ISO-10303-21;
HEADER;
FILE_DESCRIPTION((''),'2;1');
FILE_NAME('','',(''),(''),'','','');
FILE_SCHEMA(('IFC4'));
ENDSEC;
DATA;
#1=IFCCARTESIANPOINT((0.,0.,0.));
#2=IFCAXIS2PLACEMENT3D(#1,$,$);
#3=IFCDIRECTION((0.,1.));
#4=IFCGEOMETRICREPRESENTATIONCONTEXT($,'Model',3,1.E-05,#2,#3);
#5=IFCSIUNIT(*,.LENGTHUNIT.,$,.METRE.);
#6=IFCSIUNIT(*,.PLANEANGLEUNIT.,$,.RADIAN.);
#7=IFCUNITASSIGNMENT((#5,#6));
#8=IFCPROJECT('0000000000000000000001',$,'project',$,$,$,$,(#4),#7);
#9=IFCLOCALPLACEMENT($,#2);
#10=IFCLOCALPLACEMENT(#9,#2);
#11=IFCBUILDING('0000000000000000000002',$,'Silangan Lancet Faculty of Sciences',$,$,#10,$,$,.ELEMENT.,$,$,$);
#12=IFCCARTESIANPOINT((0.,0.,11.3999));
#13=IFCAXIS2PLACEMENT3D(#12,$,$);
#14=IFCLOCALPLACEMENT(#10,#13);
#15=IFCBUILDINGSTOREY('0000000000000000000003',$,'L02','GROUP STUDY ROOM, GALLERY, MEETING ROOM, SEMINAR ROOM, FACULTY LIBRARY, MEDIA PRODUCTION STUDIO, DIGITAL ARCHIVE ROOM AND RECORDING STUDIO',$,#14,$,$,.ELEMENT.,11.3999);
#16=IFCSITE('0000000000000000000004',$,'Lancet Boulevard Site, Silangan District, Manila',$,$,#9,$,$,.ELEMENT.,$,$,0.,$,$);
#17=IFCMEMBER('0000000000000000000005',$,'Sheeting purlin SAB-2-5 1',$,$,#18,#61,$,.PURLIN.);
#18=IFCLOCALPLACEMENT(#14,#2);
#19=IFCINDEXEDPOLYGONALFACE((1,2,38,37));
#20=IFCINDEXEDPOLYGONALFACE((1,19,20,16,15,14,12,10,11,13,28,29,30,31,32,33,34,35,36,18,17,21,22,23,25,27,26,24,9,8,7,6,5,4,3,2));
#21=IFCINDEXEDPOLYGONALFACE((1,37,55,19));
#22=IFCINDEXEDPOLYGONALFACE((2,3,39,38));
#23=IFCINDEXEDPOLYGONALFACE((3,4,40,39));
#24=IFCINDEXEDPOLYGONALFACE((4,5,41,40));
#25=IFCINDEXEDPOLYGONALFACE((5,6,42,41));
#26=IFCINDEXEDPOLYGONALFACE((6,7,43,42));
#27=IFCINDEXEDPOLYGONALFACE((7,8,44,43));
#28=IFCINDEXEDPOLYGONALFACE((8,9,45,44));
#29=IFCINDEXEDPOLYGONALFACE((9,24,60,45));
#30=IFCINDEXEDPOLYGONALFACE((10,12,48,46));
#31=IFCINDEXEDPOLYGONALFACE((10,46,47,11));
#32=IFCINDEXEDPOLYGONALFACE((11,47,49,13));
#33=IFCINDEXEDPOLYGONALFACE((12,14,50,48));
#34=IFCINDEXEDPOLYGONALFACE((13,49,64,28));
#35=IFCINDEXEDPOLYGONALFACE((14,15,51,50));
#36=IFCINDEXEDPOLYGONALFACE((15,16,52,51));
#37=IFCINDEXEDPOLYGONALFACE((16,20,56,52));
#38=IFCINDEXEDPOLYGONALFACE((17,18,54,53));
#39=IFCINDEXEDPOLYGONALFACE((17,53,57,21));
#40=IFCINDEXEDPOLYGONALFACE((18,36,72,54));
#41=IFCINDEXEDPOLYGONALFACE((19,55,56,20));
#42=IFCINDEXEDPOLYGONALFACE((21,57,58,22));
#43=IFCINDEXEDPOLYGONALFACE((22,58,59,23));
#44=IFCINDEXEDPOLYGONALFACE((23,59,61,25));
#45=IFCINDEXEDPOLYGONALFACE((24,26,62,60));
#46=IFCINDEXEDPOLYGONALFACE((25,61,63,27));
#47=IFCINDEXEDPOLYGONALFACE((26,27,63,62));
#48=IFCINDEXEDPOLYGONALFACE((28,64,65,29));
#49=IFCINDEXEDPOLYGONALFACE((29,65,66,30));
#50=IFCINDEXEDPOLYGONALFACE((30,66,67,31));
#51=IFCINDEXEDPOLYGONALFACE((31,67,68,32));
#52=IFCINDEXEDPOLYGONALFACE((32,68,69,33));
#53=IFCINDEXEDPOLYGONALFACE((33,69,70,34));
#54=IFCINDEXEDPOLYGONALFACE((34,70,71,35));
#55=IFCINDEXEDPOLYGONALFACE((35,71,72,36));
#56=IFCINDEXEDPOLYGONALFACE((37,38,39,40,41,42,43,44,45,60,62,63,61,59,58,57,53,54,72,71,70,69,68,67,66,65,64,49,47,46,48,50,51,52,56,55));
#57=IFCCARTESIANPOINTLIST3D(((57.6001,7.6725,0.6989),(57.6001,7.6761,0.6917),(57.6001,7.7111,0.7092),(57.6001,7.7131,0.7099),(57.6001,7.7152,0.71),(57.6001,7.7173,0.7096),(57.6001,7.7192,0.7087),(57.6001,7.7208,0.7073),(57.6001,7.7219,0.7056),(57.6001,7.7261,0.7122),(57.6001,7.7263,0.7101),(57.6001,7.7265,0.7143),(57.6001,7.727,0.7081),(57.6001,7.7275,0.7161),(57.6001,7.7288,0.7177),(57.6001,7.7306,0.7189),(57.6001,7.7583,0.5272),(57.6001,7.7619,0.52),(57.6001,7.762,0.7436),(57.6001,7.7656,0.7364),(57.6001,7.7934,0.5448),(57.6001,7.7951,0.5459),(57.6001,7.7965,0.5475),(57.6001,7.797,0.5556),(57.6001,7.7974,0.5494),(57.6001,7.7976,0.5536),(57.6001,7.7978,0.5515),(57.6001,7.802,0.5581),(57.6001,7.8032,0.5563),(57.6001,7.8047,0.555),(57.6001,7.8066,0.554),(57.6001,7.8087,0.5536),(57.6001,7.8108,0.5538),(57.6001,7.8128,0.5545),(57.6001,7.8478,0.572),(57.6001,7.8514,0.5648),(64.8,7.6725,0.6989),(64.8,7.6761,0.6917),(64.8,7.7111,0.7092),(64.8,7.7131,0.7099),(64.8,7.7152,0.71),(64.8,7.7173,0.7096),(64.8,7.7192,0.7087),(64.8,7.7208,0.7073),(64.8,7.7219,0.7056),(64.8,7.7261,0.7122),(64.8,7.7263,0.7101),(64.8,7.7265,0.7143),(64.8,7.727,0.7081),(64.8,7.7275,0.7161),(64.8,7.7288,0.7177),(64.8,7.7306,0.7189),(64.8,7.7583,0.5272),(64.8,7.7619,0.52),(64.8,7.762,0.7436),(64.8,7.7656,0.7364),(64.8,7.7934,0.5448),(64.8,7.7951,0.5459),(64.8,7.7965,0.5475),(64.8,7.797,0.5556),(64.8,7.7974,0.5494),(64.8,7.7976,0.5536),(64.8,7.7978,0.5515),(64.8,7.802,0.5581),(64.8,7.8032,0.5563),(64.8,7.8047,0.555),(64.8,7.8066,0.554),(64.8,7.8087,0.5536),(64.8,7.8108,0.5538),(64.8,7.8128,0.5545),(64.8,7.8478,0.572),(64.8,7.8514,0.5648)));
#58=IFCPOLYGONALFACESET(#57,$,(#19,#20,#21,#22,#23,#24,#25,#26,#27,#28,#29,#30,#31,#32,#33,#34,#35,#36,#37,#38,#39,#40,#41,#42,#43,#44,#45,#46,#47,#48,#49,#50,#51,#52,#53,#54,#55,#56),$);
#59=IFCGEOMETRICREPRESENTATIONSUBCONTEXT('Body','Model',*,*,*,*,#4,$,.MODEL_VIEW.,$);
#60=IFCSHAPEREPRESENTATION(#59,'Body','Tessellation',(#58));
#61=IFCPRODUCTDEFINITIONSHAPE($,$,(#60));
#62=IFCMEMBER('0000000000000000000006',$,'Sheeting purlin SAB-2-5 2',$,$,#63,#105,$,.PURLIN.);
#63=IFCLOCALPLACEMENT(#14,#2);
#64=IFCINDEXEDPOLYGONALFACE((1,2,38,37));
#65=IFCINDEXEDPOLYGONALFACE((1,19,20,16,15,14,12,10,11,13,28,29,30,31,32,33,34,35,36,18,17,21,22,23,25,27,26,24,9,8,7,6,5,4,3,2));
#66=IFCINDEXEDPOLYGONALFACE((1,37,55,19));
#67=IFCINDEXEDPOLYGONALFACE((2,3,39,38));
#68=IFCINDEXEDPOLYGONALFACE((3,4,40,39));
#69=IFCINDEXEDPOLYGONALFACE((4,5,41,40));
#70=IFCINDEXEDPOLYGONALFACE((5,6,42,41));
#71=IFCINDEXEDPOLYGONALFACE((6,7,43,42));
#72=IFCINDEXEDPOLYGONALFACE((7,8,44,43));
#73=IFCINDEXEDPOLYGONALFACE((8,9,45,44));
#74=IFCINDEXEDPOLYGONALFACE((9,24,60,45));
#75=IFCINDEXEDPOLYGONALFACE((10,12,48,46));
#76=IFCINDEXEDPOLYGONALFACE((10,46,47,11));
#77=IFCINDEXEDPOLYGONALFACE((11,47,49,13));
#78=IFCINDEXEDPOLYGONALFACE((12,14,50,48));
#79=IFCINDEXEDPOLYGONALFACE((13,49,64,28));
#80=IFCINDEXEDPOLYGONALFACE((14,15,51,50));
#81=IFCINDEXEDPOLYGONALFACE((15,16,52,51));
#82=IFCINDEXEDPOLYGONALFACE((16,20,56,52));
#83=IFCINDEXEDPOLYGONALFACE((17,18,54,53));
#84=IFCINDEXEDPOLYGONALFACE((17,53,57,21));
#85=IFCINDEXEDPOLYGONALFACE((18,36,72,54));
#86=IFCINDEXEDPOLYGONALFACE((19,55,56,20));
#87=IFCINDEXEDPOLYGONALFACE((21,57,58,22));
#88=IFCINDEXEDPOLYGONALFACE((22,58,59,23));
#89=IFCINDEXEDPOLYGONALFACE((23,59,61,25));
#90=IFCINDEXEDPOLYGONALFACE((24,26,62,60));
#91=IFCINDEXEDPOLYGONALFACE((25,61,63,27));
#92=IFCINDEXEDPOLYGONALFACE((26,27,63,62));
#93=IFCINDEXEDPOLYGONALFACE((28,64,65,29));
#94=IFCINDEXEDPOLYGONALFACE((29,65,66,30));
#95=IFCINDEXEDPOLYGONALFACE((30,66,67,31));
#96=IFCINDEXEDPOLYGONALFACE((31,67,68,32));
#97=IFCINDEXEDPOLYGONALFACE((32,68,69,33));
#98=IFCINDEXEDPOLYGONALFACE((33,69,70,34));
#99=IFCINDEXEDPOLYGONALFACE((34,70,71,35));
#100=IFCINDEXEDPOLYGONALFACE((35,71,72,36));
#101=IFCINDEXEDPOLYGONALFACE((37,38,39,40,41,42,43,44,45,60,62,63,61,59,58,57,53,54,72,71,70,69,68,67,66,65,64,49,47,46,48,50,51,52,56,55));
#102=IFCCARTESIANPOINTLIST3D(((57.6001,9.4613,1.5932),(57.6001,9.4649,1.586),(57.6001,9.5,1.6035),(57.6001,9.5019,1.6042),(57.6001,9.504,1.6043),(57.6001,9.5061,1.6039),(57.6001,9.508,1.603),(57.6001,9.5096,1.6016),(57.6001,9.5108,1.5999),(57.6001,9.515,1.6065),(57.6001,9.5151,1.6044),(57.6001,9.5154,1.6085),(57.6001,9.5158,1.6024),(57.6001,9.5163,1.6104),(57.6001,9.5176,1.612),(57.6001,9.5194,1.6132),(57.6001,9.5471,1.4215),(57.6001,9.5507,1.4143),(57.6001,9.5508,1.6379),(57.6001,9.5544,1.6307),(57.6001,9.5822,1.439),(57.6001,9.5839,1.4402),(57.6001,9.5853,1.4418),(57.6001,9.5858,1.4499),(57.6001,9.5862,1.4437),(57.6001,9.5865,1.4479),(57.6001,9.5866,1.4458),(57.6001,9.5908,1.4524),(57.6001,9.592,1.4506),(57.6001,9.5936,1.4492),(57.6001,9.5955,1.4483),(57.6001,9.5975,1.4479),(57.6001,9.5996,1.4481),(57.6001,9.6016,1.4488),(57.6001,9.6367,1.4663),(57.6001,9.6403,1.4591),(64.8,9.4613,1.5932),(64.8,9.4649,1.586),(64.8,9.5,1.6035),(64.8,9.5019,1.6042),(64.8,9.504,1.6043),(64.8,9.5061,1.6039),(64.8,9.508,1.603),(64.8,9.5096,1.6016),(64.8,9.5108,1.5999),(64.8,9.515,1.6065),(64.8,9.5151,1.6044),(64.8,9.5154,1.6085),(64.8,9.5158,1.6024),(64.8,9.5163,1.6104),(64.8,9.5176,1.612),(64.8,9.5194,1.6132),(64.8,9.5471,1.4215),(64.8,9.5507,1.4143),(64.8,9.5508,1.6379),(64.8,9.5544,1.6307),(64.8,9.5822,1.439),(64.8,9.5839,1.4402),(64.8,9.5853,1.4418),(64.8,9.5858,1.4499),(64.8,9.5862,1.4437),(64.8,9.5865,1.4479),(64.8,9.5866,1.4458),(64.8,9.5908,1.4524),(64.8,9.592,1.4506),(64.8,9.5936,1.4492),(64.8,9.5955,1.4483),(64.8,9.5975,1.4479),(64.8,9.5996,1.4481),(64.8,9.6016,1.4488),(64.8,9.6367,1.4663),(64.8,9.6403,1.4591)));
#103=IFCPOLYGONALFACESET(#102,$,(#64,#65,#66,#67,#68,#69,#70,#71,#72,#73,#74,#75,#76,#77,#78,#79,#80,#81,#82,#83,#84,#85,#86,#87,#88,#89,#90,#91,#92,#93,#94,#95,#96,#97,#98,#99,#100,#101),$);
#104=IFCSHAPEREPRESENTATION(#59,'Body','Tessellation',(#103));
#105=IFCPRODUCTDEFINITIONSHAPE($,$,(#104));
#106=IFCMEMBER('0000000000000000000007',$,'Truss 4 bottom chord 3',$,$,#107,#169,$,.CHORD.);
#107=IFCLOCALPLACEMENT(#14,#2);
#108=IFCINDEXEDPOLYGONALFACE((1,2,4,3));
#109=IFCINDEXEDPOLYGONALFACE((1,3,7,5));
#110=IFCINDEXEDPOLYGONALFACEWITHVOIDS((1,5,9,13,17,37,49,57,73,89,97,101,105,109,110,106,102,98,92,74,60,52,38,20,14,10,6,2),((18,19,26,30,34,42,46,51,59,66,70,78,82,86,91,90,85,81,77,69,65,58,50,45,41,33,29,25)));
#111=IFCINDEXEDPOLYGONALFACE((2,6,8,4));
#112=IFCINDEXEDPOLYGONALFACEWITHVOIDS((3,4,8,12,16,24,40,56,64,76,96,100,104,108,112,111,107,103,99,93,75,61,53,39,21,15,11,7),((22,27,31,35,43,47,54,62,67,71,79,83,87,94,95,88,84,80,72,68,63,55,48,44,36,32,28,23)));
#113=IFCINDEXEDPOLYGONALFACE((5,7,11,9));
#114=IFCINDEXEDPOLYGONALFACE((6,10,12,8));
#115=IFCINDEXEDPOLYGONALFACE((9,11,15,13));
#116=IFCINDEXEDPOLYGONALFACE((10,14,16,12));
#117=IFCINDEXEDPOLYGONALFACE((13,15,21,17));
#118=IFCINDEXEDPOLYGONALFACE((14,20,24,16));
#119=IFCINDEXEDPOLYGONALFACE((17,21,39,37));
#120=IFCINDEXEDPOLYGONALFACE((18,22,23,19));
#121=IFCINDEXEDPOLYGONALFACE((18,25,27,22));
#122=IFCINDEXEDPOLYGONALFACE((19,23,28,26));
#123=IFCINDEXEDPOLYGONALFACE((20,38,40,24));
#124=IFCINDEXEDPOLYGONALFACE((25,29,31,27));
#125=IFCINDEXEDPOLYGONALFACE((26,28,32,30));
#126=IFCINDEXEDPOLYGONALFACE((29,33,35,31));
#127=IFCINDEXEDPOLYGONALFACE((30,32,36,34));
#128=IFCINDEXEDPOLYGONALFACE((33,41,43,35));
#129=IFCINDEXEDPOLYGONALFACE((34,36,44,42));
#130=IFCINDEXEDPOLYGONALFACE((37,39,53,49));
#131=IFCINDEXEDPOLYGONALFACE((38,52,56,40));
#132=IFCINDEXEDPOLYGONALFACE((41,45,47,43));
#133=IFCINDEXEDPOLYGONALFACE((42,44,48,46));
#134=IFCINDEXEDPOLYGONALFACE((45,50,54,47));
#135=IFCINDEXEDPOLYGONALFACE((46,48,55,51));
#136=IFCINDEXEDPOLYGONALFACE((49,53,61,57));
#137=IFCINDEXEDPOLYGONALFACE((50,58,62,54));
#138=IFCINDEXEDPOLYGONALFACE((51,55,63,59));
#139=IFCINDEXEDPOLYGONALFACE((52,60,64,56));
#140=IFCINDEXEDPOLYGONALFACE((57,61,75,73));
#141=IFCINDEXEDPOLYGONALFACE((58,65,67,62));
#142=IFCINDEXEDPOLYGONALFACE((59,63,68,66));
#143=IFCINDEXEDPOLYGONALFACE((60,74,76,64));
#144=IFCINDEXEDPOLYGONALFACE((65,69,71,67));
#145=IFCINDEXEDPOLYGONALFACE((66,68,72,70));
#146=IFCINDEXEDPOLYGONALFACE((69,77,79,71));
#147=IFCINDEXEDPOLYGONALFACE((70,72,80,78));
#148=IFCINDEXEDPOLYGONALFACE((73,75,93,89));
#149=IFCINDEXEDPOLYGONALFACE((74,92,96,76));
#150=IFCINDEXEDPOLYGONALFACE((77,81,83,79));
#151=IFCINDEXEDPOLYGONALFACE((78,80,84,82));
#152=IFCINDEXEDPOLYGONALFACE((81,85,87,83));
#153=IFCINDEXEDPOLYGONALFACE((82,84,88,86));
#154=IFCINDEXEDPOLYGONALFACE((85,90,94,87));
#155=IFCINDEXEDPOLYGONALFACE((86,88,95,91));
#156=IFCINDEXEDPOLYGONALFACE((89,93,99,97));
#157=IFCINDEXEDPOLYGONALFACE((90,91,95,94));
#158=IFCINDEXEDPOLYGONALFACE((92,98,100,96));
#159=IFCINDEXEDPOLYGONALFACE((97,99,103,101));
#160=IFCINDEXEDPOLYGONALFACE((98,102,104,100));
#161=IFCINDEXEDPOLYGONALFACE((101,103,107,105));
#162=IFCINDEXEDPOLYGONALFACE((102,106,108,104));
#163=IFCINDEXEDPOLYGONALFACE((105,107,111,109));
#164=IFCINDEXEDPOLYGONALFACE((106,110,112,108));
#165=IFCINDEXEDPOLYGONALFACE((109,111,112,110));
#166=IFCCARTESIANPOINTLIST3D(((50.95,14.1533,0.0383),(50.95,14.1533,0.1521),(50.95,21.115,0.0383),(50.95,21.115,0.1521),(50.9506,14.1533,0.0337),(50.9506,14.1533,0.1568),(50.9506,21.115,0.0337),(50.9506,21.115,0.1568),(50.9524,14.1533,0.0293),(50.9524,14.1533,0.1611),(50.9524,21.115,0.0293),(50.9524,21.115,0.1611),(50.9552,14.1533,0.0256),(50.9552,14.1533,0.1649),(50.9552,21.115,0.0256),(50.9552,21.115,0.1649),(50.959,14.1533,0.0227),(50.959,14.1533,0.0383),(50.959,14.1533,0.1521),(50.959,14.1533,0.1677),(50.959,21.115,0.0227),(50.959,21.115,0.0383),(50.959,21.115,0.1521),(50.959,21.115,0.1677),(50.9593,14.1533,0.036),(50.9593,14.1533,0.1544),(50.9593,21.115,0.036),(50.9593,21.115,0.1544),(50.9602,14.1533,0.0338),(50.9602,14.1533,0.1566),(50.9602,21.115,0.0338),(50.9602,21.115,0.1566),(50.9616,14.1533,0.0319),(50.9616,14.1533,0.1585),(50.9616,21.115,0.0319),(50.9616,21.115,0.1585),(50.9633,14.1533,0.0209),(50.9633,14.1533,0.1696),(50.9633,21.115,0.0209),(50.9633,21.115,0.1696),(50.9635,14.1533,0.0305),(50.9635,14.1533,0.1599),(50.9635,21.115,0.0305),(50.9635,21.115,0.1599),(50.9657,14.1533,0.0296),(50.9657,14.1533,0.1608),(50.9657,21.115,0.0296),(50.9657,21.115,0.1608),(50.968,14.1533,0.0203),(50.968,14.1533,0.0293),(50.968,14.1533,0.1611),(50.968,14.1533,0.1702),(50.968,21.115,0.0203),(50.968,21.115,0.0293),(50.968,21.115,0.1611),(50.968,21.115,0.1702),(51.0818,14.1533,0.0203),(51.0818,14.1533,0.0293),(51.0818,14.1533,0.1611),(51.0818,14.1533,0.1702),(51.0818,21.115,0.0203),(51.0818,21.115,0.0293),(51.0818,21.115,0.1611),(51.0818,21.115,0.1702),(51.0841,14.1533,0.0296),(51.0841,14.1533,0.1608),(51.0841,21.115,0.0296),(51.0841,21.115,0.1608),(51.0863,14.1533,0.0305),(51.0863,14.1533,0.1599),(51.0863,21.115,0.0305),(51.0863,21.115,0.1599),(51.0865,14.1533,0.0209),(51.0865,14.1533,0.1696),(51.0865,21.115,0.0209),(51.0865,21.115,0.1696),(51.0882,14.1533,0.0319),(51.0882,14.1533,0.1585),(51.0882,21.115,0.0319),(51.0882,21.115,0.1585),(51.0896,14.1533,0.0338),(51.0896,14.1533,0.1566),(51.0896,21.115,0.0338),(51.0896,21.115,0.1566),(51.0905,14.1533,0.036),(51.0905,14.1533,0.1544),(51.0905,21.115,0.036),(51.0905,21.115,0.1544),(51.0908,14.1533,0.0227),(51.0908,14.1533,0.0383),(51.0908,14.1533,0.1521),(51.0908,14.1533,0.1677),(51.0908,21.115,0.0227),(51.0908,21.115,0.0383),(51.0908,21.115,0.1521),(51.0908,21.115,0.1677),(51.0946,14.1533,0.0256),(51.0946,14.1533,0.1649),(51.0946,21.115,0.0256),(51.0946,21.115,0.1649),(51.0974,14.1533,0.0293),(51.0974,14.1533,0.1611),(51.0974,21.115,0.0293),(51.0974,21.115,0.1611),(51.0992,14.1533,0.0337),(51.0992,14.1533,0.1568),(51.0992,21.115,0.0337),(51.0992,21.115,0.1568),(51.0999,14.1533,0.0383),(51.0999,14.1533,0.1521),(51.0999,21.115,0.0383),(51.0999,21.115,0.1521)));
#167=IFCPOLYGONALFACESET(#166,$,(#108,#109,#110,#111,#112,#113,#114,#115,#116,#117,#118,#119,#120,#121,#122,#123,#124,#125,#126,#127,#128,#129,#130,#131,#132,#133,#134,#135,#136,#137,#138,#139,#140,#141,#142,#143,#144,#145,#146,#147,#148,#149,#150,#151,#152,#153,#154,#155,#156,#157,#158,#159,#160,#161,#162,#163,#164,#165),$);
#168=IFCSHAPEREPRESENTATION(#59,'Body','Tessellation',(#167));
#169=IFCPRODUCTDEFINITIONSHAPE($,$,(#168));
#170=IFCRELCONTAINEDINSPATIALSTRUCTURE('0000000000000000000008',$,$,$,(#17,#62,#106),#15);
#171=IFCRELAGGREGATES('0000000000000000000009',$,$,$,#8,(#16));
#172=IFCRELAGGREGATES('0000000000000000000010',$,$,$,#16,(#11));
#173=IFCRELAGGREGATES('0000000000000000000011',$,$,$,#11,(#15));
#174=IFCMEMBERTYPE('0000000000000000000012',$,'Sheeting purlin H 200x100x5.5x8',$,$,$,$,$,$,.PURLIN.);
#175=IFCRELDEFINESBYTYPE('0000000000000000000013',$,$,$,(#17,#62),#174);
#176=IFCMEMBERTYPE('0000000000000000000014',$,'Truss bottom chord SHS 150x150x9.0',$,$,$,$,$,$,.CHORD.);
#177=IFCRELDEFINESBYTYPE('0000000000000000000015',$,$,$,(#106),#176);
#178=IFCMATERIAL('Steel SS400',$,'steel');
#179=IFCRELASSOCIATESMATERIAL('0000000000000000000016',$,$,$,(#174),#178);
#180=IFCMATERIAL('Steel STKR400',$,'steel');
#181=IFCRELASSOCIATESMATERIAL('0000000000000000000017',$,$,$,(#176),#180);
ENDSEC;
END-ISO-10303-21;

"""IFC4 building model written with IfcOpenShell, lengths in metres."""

from ifc_helpers import new_model, si_unit, direction, frame, origin, origin_2d, place, context, subcontext, project, spatial, hollow_rectangle, i_section, extrude, material, material_profile, profile_set, type_object, element, save


model = new_model("IFC4")

# Units and contexts
model_context = context("Model", 3, precision=1e-05, world=origin(), true_north=direction((0.0, 1.0)))
body_context = subcontext(model_context, "Body", "Model", "MODEL_VIEW")
ifc_project = project(units=[si_unit("LENGTHUNIT", "METRE"), si_unit("PLANEANGLEUNIT", "RADIAN")], contexts=[model_context])

# Site, building, storey
site_placement = place(None, origin())
site = spatial("IfcSite", under=ifc_project, at=site_placement, Name="Lancet Boulevard Site, Silangan District, Manila", CompositionType="ELEMENT", RefElevation=0.0)
building_placement = place(site_placement, origin())
building = spatial("IfcBuilding", under=site, at=building_placement, Name="Silangan Lancet Faculty of Sciences", CompositionType="ELEMENT")
storey_placement = place(building_placement, frame((0.0, 0.0, 11.3999)))
storey = spatial("IfcBuildingStorey", under=building, at=storey_placement, Name="L02", Description="GROUP STUDY ROOM, GALLERY, MEETING ROOM, SEMINAR ROOM, FACULTY LIBRARY, MEDIA PRODUCTION STUDIO, DIGITAL ARCHIVE ROOM AND RECORDING STUDIO", CompositionType="ELEMENT", Elevation=11.3999)

# Members
ifc_material_1 = material(Name="Steel SS400", Category="steel")
ifc_material_profile_1 = material_profile(ifc_material_1, i_section(OverallWidth=0.1001, OverallDepth=0.2, WebThickness=0.0056, FlangeThickness=0.0081, FilletRadius=0.0081, at=origin_2d()), Name="H 200x100x5.5x8")
ifc_profile_set_1 = profile_set([ifc_material_profile_1], Name="Steel SS400")
member_type_1 = type_object("IfcMemberType", Name="Sheeting purlin H 200x100x5.5x8", PredefinedType="PURLIN", material=ifc_profile_set_1)
for number, where, z_axis, x_axis, name in (
    (1, (57.6001, 7.762, 0.6318), (1.0, 0.0, 0.0), (0.0, 0.894427, 0.447214), "Sheeting purlin SAB-2-5 1"),
    (2, (57.6001, 9.5508, 1.5261), (1.0, 0.0, 0.0), (0.0, 0.894427, 0.447214), "Sheeting purlin SAB-2-5 2"),
):
    element("IfcMember", number, at=place(storey_placement, frame(where, z_axis=z_axis, x_axis=x_axis)), inside=storey, type_object=member_type_1, Name=name, PredefinedType="PURLIN", context=body_context, shape_type="SweptSolid", body=[
        extrude(i_section(OverallWidth=0.1001, OverallDepth=0.2, WebThickness=0.0056, FlangeThickness=0.0081, FilletRadius=0.0081, at=origin_2d()), origin(), (0.0, 0.0, 1.0), 7.2),
    ])
ifc_material_2 = material(Name="Steel STKR400", Category="steel")
ifc_material_profile_2 = material_profile(ifc_material_2, hollow_rectangle(XDim=0.1499, YDim=0.1499, WallThickness=0.009, InnerFilletRadius=0.009, OuterFilletRadius=0.0181, at=origin_2d()), Name="SHS 150x150x9.0")
ifc_profile_set_2 = profile_set([ifc_material_profile_2], Name="Steel STKR400")
member_type_2 = type_object("IfcMemberType", Name="Truss bottom chord SHS 150x150x9.0", PredefinedType="CHORD", material=ifc_profile_set_2)
member_1_placement = place(storey_placement, frame((51.0249, 14.1533, 0.0952), z_axis=(0.0, 1.0, 0.0), x_axis=(-1.0, 0.0, 0.0)))
element("IfcMember", 3, at=member_1_placement, inside=storey, type_object=member_type_2, Name="Truss 4 bottom chord 3", PredefinedType="CHORD", context=body_context, shape_type="SweptSolid", body=[
    extrude(hollow_rectangle(XDim=0.1499, YDim=0.1499, WallThickness=0.009, InnerFilletRadius=0.009, OuterFilletRadius=0.0181, at=origin_2d()), origin(), (0.0, 0.0, 1.0), 6.9617),
])

save(model, "model.ifc")
